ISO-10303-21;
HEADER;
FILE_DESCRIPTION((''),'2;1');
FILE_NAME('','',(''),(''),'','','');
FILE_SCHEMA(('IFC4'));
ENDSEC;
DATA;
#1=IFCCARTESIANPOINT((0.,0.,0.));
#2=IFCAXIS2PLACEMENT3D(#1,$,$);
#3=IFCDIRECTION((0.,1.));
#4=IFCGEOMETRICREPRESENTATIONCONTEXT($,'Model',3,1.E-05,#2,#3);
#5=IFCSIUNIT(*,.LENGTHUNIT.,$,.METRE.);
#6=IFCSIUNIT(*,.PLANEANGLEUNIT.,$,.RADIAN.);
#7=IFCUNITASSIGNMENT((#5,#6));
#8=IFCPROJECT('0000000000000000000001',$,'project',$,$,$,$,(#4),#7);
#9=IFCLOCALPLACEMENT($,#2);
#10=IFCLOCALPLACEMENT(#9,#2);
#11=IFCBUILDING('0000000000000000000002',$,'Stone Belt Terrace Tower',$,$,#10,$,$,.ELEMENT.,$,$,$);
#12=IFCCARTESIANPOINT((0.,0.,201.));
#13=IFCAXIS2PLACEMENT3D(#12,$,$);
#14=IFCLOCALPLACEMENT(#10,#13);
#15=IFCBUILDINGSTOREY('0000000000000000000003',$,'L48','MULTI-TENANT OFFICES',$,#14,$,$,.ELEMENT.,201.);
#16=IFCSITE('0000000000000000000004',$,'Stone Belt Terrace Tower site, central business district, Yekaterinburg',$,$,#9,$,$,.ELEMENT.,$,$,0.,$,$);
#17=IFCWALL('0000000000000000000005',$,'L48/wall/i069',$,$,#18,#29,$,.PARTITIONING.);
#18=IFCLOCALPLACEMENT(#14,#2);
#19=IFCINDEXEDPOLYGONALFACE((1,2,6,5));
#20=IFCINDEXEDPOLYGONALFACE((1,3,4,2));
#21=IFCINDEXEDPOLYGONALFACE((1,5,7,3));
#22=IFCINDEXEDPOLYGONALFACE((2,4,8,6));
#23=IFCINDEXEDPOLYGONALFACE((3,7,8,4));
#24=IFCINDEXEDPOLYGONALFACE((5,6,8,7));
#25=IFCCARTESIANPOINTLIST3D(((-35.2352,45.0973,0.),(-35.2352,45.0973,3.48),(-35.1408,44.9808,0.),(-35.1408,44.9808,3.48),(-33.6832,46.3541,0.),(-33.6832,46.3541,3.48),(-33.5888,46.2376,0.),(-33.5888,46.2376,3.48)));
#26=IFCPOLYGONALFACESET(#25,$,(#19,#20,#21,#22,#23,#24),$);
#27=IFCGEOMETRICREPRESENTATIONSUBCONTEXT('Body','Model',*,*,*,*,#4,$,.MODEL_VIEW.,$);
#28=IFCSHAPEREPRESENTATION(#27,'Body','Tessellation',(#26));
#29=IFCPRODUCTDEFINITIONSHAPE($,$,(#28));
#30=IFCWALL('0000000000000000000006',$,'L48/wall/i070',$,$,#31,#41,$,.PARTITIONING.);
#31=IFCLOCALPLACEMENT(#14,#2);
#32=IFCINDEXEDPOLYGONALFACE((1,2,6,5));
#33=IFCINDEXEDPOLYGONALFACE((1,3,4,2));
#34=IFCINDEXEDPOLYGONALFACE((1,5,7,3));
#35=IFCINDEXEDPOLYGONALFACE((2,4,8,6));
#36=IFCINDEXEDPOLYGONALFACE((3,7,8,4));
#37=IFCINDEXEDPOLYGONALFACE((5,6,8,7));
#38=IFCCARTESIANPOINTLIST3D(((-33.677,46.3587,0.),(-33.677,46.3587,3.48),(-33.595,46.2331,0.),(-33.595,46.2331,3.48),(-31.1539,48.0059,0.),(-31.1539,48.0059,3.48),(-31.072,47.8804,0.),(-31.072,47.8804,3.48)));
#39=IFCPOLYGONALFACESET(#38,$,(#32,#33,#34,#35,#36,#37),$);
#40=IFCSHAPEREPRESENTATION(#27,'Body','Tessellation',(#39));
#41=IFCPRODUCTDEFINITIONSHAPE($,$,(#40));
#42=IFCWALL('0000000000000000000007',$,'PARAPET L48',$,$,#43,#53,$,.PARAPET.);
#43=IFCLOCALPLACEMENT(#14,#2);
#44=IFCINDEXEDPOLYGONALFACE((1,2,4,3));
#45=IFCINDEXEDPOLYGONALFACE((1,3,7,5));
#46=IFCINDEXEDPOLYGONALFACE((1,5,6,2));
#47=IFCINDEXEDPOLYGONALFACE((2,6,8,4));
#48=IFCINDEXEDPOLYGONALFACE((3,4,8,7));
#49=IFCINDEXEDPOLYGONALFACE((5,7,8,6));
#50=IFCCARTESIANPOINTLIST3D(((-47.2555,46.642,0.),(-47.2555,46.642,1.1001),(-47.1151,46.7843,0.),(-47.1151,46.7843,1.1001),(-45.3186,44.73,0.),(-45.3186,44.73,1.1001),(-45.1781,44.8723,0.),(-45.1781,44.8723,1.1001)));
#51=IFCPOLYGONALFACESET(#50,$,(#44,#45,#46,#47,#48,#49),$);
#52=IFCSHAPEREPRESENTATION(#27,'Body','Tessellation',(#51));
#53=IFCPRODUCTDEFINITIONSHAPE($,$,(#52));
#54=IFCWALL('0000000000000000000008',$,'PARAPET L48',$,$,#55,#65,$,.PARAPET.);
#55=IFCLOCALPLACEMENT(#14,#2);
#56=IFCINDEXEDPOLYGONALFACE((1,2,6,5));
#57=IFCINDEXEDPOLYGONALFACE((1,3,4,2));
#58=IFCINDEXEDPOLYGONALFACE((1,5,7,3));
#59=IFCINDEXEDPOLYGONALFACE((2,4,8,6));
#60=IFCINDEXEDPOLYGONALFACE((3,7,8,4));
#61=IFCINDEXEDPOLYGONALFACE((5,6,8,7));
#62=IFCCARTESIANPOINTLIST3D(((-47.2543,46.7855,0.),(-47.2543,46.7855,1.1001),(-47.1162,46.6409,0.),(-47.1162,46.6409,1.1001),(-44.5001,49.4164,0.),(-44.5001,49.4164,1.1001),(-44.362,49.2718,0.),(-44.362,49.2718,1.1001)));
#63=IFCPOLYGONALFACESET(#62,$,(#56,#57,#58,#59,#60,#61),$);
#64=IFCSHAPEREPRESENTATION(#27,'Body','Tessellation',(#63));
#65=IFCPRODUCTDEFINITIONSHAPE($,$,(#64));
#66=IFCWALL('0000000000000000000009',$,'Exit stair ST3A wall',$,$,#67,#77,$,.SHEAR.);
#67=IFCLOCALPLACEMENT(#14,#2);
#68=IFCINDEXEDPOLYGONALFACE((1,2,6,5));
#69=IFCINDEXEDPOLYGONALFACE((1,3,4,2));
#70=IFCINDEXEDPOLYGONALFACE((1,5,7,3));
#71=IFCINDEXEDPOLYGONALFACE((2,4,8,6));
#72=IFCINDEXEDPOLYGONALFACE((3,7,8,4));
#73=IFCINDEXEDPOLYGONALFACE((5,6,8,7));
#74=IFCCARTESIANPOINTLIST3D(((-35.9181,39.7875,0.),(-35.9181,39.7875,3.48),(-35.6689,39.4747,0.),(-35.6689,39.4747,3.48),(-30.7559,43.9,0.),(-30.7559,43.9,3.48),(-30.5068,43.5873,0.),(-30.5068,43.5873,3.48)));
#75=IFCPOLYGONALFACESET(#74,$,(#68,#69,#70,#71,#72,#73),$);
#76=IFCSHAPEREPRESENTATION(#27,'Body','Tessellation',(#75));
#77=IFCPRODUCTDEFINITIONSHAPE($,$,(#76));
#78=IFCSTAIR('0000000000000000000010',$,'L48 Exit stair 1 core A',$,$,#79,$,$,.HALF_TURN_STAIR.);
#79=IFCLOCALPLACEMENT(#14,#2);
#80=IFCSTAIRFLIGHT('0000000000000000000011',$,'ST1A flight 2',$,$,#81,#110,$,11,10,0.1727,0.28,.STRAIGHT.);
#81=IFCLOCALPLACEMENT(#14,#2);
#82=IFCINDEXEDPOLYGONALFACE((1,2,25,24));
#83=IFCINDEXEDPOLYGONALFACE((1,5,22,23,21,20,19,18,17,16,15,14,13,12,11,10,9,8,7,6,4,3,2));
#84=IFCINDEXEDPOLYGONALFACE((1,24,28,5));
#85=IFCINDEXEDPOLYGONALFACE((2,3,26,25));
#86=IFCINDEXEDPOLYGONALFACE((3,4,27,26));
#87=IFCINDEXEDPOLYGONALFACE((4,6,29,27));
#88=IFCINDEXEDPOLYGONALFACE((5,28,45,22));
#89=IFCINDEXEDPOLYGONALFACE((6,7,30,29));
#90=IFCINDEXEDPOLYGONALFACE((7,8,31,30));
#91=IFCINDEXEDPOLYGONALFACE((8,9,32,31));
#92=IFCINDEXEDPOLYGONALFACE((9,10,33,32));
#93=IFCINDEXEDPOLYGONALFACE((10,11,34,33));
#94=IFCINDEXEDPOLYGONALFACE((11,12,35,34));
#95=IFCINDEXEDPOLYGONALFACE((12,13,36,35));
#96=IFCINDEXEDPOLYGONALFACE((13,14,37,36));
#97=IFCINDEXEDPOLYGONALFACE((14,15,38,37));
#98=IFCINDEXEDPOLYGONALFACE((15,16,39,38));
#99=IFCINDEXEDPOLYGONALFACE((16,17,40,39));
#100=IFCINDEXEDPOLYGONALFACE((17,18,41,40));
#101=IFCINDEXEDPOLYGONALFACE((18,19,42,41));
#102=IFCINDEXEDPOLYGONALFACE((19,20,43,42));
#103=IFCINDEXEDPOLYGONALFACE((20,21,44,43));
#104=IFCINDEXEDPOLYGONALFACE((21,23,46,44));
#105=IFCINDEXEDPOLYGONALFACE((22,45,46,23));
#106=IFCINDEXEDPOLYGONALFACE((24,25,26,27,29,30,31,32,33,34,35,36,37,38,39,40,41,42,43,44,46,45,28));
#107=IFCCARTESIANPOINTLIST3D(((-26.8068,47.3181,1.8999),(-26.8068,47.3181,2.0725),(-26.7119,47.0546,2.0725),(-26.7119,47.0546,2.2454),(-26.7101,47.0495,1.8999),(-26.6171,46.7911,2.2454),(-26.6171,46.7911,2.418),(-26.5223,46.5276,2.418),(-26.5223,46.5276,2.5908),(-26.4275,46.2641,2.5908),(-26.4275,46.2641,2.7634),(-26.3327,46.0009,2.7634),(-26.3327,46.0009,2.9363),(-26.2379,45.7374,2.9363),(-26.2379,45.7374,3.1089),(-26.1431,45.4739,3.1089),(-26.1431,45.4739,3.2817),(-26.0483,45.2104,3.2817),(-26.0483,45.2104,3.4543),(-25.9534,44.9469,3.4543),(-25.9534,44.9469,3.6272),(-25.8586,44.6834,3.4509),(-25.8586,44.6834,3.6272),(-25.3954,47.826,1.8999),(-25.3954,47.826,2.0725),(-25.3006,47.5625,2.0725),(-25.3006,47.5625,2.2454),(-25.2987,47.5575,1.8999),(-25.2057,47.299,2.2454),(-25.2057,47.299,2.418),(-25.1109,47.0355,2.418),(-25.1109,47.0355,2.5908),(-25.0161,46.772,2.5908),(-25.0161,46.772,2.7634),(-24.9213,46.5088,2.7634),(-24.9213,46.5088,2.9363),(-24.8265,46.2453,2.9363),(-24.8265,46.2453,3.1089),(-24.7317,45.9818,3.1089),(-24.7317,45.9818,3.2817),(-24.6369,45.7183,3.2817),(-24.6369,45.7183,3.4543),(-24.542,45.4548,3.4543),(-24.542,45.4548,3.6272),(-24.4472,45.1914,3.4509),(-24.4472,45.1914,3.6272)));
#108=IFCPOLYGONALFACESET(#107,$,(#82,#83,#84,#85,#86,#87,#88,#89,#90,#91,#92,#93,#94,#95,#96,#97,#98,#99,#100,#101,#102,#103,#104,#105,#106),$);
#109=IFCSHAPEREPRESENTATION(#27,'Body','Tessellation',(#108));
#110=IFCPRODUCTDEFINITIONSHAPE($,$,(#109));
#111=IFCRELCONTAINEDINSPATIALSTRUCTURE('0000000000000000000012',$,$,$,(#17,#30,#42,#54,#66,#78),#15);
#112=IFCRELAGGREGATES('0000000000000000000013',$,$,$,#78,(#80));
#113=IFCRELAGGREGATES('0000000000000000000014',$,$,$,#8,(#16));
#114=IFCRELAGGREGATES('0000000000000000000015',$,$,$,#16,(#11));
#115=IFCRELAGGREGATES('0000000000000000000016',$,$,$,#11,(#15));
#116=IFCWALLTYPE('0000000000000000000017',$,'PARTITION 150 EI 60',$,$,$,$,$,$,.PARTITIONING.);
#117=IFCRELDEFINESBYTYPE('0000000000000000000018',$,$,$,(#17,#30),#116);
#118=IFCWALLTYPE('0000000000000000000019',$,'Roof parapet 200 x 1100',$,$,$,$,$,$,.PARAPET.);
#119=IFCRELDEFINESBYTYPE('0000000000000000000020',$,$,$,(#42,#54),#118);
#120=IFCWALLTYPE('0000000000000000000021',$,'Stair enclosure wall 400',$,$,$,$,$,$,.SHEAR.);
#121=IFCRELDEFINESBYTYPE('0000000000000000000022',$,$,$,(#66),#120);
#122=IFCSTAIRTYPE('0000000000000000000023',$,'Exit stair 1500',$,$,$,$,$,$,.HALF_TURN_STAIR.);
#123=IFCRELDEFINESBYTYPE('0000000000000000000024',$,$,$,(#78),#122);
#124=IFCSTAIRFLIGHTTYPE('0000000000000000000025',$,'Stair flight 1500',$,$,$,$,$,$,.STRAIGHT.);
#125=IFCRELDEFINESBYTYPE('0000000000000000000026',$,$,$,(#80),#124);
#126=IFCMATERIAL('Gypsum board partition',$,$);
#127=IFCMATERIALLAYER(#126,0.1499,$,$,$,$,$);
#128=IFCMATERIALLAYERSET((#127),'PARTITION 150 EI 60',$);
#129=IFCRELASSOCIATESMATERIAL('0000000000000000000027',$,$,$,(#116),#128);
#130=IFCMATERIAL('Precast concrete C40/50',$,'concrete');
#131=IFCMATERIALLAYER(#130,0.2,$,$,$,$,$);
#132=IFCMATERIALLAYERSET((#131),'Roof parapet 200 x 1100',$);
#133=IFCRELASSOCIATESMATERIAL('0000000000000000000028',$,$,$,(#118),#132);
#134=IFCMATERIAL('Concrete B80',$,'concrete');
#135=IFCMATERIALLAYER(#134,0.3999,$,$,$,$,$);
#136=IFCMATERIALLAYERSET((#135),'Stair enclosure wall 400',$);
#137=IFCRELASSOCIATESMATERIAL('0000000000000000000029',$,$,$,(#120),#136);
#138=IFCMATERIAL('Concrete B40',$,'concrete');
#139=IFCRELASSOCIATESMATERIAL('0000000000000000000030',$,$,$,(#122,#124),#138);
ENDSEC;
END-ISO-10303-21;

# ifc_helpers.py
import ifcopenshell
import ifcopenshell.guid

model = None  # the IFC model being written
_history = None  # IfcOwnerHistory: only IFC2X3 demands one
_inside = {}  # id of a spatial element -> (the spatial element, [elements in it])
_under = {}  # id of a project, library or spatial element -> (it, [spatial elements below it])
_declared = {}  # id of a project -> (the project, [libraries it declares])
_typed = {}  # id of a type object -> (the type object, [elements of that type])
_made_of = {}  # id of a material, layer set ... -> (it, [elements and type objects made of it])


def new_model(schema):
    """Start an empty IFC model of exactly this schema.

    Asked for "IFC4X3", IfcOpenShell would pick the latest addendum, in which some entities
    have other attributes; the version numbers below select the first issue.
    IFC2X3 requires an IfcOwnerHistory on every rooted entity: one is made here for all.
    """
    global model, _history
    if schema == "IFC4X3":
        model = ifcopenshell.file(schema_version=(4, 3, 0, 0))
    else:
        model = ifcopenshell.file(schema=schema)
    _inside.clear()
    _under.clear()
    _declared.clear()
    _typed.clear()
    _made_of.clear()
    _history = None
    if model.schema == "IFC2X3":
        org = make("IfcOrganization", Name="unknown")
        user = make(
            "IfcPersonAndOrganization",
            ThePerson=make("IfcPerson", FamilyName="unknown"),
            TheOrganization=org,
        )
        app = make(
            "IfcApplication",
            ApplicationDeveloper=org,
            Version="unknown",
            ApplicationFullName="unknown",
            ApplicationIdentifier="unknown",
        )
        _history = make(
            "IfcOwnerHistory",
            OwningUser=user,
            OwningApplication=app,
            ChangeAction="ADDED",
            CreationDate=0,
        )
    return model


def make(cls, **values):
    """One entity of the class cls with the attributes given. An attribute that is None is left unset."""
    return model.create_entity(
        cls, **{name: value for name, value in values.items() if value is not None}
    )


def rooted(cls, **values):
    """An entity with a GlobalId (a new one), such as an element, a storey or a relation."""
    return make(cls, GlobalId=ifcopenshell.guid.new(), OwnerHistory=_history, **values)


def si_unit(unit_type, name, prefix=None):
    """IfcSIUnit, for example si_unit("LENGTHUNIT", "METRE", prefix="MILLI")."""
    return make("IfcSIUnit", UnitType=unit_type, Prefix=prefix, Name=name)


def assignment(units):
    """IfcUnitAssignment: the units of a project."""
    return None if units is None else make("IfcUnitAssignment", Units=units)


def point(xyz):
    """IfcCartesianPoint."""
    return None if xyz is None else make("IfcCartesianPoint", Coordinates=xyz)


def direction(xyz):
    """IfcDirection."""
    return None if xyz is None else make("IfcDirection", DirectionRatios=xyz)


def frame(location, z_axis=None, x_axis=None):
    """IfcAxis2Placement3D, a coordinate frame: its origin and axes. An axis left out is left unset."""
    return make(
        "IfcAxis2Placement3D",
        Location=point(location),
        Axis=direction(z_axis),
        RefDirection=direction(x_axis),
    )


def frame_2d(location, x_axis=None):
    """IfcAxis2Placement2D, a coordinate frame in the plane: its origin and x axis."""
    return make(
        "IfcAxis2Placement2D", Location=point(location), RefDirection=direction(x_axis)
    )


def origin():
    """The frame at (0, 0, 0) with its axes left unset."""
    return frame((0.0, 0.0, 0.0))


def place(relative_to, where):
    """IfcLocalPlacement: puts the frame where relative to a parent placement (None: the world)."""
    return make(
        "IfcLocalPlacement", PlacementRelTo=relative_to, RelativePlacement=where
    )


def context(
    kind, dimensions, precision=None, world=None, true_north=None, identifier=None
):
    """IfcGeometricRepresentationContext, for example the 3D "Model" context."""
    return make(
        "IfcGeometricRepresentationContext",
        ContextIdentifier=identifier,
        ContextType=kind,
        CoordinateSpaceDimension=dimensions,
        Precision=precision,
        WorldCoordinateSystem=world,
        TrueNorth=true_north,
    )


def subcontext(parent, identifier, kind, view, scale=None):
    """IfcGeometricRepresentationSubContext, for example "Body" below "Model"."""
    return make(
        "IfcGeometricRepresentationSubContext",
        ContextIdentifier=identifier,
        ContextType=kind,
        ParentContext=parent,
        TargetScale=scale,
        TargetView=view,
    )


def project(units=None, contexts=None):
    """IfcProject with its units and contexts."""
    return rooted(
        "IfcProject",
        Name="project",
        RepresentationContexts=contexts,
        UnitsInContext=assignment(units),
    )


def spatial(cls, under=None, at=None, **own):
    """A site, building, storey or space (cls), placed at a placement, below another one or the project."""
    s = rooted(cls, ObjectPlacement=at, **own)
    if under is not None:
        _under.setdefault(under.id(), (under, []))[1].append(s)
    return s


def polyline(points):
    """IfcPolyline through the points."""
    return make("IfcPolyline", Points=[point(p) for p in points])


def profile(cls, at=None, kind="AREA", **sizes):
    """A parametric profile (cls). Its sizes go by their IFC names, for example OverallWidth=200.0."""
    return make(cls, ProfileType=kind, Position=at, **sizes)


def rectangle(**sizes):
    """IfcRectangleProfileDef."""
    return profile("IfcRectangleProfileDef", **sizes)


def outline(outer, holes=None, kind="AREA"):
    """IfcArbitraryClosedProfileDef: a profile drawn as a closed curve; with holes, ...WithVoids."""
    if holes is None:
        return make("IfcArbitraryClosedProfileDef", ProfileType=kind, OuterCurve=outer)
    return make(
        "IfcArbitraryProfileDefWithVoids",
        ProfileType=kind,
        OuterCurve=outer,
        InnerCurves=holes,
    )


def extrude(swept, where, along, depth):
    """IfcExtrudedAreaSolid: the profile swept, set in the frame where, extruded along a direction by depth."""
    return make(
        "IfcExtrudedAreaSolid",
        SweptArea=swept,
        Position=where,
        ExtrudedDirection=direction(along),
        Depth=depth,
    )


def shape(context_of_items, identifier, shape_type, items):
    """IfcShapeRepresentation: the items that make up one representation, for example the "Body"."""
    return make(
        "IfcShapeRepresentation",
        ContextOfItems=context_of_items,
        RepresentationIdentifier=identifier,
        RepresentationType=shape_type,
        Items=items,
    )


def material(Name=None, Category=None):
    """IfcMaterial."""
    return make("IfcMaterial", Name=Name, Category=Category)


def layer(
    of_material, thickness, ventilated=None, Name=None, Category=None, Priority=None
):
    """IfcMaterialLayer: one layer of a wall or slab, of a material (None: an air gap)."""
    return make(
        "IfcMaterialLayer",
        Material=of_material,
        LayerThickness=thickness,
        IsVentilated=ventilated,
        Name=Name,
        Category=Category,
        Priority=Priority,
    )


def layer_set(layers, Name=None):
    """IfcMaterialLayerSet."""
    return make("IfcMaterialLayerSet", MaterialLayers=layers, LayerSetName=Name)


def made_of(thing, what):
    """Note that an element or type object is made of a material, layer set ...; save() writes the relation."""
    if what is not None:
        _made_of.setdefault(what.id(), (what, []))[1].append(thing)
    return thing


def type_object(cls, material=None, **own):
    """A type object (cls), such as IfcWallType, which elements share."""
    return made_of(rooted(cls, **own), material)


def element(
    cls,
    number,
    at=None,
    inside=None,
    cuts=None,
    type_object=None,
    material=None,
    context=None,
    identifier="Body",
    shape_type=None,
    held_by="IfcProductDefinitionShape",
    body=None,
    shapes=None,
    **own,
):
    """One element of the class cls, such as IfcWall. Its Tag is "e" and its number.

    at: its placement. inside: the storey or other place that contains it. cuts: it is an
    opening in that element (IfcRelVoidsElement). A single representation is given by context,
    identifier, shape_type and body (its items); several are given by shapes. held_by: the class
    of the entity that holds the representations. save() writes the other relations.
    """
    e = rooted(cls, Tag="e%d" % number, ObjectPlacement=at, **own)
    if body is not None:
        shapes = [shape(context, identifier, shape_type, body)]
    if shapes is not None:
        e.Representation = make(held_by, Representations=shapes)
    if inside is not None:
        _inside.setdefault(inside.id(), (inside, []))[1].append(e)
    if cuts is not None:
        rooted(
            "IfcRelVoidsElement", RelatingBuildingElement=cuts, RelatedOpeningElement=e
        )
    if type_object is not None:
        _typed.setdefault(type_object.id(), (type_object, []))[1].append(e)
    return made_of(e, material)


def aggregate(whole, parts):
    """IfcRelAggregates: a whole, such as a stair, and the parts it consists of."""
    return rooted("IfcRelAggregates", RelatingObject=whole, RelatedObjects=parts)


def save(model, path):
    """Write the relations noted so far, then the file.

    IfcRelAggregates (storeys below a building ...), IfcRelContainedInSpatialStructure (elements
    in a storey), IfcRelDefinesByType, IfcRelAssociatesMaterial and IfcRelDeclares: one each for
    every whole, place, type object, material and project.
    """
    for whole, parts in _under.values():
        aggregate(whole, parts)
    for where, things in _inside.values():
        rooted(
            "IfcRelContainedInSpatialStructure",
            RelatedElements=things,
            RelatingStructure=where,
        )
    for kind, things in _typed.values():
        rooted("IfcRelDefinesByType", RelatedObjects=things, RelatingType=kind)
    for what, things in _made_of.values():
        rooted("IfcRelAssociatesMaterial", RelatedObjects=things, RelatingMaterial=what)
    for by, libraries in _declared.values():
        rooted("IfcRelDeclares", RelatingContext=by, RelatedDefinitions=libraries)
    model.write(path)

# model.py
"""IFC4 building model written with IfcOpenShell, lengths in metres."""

from ifc_helpers import new_model, si_unit, direction, frame, frame_2d, origin, place, context, subcontext, project, spatial, polyline, rectangle, outline, extrude, material, layer, layer_set, type_object, element, aggregate, save


model = new_model("IFC4")

# Units and contexts
model_context = context("Model", 3, precision=1e-05, world=origin(), true_north=direction((0.0, 1.0)))
body_context = subcontext(model_context, "Body", "Model", "MODEL_VIEW")
ifc_project = project(units=[si_unit("LENGTHUNIT", "METRE"), si_unit("PLANEANGLEUNIT", "RADIAN")], contexts=[model_context])

# Site, building, storey
site_placement = place(None, origin())
site = spatial("IfcSite", under=ifc_project, at=site_placement, Name="Stone Belt Terrace Tower site, central business district, Yekaterinburg", CompositionType="ELEMENT", RefElevation=0.0)
building_placement = place(site_placement, origin())
building = spatial("IfcBuilding", under=site, at=building_placement, Name="Stone Belt Terrace Tower", CompositionType="ELEMENT")
storey_placement = place(building_placement, frame((0.0, 0.0, 201.0)))
storey = spatial("IfcBuildingStorey", under=building, at=storey_placement, Name="L48", Description="MULTI-TENANT OFFICES", CompositionType="ELEMENT", Elevation=201.0)

# Shared definitions
ifc_material_1 = material(Name="Gypsum board partition")

# Shared definitions
ifc_layer_1 = layer(ifc_material_1, 0.1499)
ifc_layer_set_1 = layer_set([ifc_layer_1], Name="PARTITION 150 EI 60")
wall_type_1 = type_object("IfcWallType", Name="PARTITION 150 EI 60", PredefinedType="PARTITIONING", material=ifc_layer_set_1)

# Walls
wall_1_placement = place(storey_placement, frame((-35.188, 45.0391, 0.0), z_axis=(0.0, 0.0, 1.0), x_axis=(0.777134, 0.629335, 0.0)))
element("IfcWall", 1, at=wall_1_placement, inside=storey, type_object=wall_type_1, Name="L48/wall/i069", PredefinedType="PARTITIONING", context=body_context, shape_type="SweptSolid", body=[
    extrude(rectangle(XDim=1.9971, YDim=0.1499, at=frame_2d((0.9985, 0.0))), origin(), (0.0, 0.0, 1.0), 3.48),
])
wall_2_placement = place(storey_placement, frame((-33.636, 46.2959, 0.0), z_axis=(0.0, 0.0, 1.0), x_axis=(0.837335, 0.54669, 0.0)))
element("IfcWall", 2, at=wall_2_placement, inside=storey, type_object=wall_type_1, Name="L48/wall/i070", PredefinedType="PARTITIONING", context=body_context, shape_type="SweptSolid", body=[
    extrude(rectangle(XDim=3.0132, YDim=0.1499, at=frame_2d((1.5066, 0.0))), origin(), (0.0, 0.0, 1.0), 3.48),
])
ifc_material_2 = material(Name="Precast concrete C40/50", Category="concrete")
ifc_layer_2 = layer(ifc_material_2, 0.2)
ifc_layer_set_2 = layer_set([ifc_layer_2], Name="Roof parapet 200 x 1100")
wall_type_2 = type_object("IfcWallType", Name="Roof parapet 200 x 1100", PredefinedType="PARAPET", material=ifc_layer_set_2)
wall_3_placement = place(storey_placement, frame((-47.1853, 46.7131, 0.0), z_axis=(0.0, 0.0, 1.0), x_axis=(0.711667, -0.702517, 0.0)))
element("IfcWall", 3, at=wall_3_placement, inside=storey, type_object=wall_type_2, Name="PARAPET L48", PredefinedType="PARAPET", context=body_context, shape_type="SweptSolid", body=[
    extrude(rectangle(XDim=2.7217, YDim=0.2, at=frame_2d((1.3608, 0.0))), origin(), (0.0, 0.0, 1.0), 1.1001),
])
wall_4_placement = place(storey_placement, frame((-44.4312, 49.344, 0.0), z_axis=(0.0, 0.0, 1.0), x_axis=(-0.723107, -0.690736, 0.0)))
element("IfcWall", 4, at=wall_4_placement, inside=storey, type_object=wall_type_2, Name="PARAPET L48", PredefinedType="PARAPET", context=body_context, shape_type="SweptSolid", body=[
    extrude(rectangle(XDim=3.8088, YDim=0.2, at=frame_2d((1.9043, 0.0))), origin(), (0.0, 0.0, 1.0), 1.1001),
])
ifc_material_3 = material(Name="Concrete B80", Category="concrete")
ifc_layer_3 = layer(ifc_material_3, 0.3999)
ifc_layer_set_3 = layer_set([ifc_layer_3], Name="Stair enclosure wall 400")
wall_type_3 = type_object("IfcWallType", Name="Stair enclosure wall 400", PredefinedType="SHEAR", material=ifc_layer_set_3)
wall_5_placement = place(storey_placement, frame((-30.6313, 43.7437, 0.0), z_axis=(0.0, 0.0, 1.0), x_axis=(-0.782134, -0.62311, 0.0)))
element("IfcWall", 5, at=wall_5_placement, inside=storey, type_object=wall_type_3, Name="Exit stair ST3A wall", PredefinedType="SHEAR", context=body_context, shape_type="SweptSolid", body=[
    extrude(rectangle(XDim=6.6001, YDim=0.3999, at=frame_2d((3.3, 0.0))), origin(), (0.0, 0.0, 1.0), 3.48),
])

# Stair, stair flight
ifc_material_4 = material(Name="Concrete B40", Category="concrete")
stair_type = type_object("IfcStairType", Name="Exit stair 1500", PredefinedType="HALF_TURN_STAIR", material=ifc_material_4)
stair_placement = place(storey_placement, origin())
stair = element("IfcStair", 6, at=stair_placement, inside=storey, type_object=stair_type, Name="L48 Exit stair 1 core A", PredefinedType="HALF_TURN_STAIR")
stair_flight_type = type_object("IfcStairFlightType", Name="Stair flight 1500", PredefinedType="STRAIGHT", material=ifc_material_4)
stair_flight_placement = place(storey_placement, frame((-26.1011, 47.572, 1.8999), z_axis=(0.0, 0.0, 1.0), x_axis=(0.338624, -0.940922, 0.0)))
stair_flight = element("IfcStairFlight", 7, at=stair_flight_placement, type_object=stair_flight_type, Name="ST1A flight 2", NumberOfRisers=11, NumberOfTreads=10, PredefinedType="STRAIGHT", RiserHeight=0.1727, TreadLength=0.28, context=body_context, shape_type="SweptSolid", body=[
    extrude(outline(polyline([(0.0, 0.0), (0.0, 0.1726), (0.28, 0.1726), (0.28, 0.3455), (0.5601, 0.3455), (0.5601, 0.5181), (0.8401, 0.5181), (0.8401, 0.6909), (1.1201, 0.6909), (1.1201, 0.8635), (1.3999, 0.8635), (1.3999, 1.0364), (1.6799, 1.0364), (1.6799, 1.209), (1.96, 1.209), (1.96, 1.3818), (2.24, 1.3818), (2.24, 1.5544), (2.52, 1.5544), (2.52, 1.7273), (2.8, 1.7273), (2.8, 1.8999), (2.8, 1.551), (0.2854, 0.0), (0.0, 0.0)])), frame((0.0, 0.75, 0.0), z_axis=(0.0, -1.0, 0.0), x_axis=(1.0, 0.0, 0.0)), (0.0, 0.0, 1.0), 1.5),
])
aggregate(stair, [stair_flight])

save(model, "model.ifc")
